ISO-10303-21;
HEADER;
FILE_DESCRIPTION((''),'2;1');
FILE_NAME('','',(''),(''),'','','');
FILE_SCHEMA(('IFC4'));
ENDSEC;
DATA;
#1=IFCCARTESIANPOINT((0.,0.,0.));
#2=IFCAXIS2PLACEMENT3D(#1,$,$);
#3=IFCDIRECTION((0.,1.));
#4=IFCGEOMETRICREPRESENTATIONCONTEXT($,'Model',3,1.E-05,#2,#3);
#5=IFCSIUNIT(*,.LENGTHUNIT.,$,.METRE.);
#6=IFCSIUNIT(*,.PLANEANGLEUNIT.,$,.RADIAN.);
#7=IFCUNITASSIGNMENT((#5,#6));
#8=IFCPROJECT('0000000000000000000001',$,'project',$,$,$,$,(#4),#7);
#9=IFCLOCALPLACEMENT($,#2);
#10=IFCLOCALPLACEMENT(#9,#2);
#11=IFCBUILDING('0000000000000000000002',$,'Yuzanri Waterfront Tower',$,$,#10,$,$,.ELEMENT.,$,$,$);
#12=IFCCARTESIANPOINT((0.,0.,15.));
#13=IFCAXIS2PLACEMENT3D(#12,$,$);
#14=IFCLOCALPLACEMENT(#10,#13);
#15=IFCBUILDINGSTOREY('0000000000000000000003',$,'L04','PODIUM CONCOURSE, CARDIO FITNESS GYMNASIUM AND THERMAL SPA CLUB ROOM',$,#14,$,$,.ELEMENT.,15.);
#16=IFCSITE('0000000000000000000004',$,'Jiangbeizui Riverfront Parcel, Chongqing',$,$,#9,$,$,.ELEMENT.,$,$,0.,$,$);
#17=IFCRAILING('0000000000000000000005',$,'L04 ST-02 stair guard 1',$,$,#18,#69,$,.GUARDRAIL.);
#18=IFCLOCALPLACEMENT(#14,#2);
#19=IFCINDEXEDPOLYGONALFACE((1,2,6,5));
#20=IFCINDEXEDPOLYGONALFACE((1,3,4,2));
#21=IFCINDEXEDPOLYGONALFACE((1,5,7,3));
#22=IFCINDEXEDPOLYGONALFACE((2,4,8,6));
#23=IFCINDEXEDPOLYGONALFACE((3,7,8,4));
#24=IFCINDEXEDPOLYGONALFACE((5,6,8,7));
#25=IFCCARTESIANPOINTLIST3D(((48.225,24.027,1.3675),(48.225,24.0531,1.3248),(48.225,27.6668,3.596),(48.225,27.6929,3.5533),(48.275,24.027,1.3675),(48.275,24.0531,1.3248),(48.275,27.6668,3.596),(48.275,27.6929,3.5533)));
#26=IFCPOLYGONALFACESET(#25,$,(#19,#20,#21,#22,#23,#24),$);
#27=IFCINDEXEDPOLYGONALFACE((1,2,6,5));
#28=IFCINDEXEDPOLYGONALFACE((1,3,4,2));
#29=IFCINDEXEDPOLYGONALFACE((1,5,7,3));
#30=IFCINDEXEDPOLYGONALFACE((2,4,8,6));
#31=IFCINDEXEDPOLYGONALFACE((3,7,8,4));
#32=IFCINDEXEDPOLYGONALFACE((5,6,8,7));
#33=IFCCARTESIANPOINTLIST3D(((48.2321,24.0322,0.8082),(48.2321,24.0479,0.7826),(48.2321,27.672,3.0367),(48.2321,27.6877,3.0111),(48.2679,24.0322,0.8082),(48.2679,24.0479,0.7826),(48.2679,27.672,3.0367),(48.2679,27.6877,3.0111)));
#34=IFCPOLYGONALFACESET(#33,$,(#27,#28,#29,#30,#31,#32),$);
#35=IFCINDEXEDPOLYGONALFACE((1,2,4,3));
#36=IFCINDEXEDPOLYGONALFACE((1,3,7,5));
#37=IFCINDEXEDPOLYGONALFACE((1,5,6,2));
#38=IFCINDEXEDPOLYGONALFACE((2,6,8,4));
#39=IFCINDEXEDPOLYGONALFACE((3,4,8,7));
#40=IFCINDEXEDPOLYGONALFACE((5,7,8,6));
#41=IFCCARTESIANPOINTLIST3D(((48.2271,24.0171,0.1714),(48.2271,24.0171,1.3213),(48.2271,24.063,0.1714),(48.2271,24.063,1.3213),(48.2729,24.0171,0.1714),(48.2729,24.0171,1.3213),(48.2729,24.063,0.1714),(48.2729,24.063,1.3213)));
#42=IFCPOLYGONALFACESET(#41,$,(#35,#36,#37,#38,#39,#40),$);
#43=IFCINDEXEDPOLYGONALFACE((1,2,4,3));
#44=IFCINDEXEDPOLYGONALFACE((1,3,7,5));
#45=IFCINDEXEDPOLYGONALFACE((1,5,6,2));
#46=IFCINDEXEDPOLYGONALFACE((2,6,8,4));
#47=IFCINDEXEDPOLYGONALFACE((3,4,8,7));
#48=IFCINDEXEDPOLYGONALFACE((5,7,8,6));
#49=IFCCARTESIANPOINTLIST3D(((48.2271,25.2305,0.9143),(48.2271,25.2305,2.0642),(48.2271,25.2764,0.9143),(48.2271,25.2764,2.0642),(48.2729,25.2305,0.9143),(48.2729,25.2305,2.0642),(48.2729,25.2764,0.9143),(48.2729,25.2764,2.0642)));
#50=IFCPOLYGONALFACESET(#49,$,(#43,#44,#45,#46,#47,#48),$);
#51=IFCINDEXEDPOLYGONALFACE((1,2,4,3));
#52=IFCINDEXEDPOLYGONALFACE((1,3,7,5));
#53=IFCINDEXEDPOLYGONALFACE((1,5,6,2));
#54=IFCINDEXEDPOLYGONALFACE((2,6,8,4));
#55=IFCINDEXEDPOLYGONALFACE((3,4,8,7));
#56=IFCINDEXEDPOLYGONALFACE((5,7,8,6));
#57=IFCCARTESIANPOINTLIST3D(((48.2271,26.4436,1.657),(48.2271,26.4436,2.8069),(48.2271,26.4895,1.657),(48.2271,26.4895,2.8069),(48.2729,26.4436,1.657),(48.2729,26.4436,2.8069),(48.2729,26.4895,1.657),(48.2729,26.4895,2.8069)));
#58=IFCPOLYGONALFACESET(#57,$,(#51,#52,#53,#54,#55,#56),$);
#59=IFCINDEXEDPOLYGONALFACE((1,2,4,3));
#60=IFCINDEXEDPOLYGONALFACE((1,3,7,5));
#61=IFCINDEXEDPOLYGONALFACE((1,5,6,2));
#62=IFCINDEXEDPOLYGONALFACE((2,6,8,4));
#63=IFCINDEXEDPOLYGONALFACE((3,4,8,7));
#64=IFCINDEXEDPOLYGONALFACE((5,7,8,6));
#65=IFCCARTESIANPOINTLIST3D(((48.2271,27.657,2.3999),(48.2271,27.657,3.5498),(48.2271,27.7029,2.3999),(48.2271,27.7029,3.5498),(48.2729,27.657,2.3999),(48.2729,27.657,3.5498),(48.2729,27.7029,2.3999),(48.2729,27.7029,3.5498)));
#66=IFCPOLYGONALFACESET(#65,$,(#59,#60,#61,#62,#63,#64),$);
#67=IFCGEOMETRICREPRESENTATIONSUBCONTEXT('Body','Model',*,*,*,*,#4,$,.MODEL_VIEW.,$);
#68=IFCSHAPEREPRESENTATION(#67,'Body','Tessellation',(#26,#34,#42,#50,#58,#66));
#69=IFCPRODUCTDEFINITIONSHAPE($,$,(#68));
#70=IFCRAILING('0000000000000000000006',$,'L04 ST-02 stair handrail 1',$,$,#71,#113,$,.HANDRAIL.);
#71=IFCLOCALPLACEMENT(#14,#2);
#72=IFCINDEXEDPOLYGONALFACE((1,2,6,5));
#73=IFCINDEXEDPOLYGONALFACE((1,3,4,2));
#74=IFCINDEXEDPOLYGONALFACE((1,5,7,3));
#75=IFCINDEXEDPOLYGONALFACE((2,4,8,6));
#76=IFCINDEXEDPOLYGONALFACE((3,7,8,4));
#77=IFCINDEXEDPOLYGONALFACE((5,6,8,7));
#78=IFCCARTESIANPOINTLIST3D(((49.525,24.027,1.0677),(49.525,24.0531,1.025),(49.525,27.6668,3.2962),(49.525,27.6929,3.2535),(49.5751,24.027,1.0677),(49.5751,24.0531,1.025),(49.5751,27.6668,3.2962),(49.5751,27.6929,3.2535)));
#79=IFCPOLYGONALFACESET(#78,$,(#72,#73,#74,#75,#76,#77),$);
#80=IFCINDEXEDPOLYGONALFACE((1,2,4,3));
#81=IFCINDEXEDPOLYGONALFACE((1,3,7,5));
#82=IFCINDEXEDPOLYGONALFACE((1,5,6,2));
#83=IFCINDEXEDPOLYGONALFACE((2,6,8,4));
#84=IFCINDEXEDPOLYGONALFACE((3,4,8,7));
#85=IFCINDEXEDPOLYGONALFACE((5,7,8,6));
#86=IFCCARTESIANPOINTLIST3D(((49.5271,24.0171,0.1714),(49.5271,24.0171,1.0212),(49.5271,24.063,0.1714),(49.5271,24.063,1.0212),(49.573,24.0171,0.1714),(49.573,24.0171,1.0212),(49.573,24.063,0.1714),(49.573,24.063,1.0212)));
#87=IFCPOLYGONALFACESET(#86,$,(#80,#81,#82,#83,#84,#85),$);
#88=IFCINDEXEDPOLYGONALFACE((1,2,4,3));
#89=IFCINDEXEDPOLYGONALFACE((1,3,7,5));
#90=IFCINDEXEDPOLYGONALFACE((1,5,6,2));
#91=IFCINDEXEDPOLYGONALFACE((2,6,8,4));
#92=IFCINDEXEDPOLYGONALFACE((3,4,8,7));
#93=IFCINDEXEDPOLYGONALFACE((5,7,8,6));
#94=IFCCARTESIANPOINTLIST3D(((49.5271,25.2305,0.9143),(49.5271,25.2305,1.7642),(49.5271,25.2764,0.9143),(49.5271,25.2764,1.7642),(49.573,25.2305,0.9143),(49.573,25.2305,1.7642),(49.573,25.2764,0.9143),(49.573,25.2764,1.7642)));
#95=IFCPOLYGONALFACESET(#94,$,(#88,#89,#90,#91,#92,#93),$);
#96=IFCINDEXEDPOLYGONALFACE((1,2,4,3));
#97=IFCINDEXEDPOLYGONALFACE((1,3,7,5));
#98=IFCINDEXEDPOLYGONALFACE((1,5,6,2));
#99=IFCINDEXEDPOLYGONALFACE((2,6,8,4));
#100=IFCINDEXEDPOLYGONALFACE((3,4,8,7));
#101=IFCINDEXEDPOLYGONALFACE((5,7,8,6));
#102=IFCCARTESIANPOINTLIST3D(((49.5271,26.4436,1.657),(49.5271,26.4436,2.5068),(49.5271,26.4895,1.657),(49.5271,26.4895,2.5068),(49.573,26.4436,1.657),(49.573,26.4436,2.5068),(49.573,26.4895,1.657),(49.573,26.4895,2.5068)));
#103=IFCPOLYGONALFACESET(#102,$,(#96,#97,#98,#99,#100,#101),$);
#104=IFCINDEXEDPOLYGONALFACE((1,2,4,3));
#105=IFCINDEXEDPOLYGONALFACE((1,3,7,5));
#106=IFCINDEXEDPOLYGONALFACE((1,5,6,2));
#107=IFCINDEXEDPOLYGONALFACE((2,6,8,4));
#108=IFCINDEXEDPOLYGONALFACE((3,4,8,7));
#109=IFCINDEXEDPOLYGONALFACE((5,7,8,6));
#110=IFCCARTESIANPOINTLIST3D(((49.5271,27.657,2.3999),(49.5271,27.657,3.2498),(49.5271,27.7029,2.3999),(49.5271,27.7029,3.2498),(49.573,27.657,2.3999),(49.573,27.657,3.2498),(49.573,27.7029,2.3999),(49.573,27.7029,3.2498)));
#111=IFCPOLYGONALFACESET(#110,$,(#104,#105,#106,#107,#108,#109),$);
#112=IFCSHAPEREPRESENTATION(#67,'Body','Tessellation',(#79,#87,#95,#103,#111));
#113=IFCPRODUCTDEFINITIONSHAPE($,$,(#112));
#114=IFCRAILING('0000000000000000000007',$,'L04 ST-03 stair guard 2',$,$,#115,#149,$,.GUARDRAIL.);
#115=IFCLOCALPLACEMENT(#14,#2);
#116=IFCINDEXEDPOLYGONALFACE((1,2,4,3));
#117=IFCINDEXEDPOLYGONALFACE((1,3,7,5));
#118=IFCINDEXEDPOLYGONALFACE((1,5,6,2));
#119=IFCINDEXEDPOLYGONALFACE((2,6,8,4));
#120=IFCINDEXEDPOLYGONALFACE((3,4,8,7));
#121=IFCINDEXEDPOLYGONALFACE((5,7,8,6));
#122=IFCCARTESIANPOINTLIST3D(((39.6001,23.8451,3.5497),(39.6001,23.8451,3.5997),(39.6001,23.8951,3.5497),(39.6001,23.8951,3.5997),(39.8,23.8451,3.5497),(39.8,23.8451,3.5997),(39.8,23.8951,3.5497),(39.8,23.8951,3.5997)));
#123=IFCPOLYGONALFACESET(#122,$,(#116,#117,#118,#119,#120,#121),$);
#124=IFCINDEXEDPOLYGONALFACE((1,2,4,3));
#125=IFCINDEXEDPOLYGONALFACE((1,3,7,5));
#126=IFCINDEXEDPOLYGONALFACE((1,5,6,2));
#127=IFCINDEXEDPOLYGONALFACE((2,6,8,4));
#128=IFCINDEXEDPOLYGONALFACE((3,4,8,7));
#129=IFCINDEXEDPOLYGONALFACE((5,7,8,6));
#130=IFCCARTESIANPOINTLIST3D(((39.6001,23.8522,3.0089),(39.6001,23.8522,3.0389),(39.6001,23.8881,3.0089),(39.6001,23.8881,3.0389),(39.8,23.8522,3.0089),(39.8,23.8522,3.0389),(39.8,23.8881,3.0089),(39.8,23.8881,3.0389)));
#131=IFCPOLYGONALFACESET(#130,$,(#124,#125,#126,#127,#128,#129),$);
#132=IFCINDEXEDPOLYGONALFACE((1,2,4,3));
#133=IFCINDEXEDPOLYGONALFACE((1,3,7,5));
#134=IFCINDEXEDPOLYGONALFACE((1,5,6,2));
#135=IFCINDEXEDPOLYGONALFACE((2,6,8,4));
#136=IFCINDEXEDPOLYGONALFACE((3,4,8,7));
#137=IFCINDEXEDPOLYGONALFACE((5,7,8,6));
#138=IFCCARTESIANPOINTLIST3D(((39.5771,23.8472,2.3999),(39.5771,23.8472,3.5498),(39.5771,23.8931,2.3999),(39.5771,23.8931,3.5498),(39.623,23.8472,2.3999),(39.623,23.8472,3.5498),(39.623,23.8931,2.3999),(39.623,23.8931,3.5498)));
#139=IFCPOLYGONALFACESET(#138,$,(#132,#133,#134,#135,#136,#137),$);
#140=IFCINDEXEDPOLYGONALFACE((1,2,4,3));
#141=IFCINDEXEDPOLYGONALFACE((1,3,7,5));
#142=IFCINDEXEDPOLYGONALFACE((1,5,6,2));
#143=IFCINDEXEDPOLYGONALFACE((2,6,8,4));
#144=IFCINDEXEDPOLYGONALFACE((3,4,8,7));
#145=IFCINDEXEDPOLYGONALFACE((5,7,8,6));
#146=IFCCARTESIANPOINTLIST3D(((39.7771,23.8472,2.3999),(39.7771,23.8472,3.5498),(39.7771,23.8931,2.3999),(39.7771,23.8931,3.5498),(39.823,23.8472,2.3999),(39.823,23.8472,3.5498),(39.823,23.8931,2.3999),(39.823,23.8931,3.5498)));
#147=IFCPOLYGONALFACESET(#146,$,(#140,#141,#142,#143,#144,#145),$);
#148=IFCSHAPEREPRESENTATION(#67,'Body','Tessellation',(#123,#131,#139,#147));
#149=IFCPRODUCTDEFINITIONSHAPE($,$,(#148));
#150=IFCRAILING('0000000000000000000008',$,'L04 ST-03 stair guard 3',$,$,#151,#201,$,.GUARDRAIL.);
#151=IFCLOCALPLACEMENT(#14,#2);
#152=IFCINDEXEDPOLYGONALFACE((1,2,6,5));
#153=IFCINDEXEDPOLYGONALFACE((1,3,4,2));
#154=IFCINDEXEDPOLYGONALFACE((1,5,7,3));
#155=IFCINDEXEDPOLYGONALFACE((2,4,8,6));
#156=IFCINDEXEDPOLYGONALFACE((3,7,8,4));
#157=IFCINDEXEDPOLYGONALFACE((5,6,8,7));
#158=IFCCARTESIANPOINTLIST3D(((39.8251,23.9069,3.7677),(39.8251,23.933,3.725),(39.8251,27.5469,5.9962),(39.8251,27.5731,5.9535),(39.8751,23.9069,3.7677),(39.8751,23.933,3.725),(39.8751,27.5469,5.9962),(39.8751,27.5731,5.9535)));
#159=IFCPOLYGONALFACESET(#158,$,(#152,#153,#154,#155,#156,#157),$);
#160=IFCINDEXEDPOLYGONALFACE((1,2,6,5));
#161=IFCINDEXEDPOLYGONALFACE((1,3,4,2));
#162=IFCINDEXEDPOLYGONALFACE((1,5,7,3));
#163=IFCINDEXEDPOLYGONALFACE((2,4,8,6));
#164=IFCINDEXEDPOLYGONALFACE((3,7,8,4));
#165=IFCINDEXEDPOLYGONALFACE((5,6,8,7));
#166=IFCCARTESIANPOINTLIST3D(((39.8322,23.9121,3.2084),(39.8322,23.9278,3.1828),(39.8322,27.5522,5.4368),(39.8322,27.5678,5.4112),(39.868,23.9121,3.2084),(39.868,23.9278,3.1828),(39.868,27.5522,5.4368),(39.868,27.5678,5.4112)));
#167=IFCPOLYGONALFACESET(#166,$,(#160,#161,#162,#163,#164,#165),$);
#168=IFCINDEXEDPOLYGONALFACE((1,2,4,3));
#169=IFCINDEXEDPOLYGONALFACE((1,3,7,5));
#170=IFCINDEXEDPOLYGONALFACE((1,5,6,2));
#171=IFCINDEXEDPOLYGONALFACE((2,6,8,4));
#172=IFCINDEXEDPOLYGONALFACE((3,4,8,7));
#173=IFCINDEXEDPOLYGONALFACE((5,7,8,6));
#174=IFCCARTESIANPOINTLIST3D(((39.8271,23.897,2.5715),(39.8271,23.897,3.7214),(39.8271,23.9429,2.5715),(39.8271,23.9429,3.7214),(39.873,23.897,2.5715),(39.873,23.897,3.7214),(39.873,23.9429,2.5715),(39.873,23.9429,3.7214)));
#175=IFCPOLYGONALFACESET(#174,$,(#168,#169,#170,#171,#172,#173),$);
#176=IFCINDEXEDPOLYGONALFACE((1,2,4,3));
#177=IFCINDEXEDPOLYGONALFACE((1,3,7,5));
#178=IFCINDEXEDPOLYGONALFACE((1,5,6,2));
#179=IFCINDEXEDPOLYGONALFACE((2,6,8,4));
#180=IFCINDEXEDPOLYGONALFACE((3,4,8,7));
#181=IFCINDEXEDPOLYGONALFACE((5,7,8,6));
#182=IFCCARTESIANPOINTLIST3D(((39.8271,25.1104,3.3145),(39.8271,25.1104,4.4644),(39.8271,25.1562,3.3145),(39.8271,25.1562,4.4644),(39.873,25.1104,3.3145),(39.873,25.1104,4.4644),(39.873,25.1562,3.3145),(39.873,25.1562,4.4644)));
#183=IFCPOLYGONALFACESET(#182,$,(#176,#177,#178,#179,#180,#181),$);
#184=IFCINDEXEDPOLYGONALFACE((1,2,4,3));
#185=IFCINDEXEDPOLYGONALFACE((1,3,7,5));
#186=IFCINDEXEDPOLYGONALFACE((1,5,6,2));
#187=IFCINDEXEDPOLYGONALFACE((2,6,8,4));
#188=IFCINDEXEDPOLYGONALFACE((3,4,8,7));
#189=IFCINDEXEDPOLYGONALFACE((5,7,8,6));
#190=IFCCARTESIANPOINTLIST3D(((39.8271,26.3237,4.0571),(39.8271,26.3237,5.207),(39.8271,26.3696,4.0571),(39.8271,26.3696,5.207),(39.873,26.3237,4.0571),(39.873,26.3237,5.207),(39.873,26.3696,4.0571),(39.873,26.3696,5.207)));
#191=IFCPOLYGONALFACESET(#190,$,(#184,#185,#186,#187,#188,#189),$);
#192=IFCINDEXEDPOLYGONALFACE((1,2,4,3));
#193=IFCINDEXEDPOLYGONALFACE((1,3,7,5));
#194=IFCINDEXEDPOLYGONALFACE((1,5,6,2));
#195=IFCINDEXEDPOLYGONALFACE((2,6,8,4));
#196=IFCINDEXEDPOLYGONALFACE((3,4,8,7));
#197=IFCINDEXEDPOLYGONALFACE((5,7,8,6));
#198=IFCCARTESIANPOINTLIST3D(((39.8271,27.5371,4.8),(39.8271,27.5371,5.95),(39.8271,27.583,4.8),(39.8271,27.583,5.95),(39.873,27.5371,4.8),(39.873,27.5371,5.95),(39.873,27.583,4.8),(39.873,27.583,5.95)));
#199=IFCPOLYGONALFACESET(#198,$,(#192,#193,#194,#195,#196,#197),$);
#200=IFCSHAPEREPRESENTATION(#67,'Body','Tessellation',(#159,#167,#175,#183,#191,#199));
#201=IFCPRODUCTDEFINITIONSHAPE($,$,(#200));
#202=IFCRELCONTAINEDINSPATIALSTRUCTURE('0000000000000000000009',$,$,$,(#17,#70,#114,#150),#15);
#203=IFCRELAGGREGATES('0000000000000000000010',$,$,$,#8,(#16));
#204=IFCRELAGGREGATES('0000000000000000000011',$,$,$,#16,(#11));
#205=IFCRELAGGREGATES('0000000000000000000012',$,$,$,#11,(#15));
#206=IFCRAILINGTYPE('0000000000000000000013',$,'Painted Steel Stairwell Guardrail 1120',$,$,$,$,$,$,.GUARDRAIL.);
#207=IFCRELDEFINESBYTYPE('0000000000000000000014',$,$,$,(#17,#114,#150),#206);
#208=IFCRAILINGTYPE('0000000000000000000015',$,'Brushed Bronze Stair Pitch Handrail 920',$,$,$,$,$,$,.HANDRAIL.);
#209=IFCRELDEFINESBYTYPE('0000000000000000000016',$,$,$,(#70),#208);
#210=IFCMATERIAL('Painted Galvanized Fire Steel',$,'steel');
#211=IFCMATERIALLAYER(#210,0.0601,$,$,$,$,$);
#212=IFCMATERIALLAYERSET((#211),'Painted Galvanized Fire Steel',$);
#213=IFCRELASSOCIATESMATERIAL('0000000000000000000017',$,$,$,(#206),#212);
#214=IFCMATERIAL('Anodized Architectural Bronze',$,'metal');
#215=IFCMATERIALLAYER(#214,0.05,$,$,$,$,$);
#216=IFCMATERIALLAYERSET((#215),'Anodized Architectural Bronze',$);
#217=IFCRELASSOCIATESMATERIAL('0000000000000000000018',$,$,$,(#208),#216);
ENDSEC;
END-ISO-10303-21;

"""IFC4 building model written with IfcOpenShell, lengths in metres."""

from ifc_helpers import new_model, si_unit, direction, frame, origin, origin_2d, place, context, subcontext, project, spatial, rectangle, extrude, source, transform, mapped, material, layer, layer_set, type_object, element, save


model = new_model("IFC4")

# Units and contexts
model_context = context("Model", 3, precision=1e-05, world=origin(), true_north=direction((0.0, 1.0)))
body_context = subcontext(model_context, "Body", "Model", "MODEL_VIEW")
ifc_project = project(units=[si_unit("LENGTHUNIT", "METRE"), si_unit("PLANEANGLEUNIT", "RADIAN")], contexts=[model_context])

# Site, building, storey
site_placement = place(None, origin())
site = spatial("IfcSite", under=ifc_project, at=site_placement, Name="Jiangbeizui Riverfront Parcel, Chongqing", CompositionType="ELEMENT", RefElevation=0.0)
building_placement = place(site_placement, origin())
building = spatial("IfcBuilding", under=site, at=building_placement, Name="Yuzanri Waterfront Tower", CompositionType="ELEMENT")
storey_placement = place(building_placement, frame((0.0, 0.0, 15.0)))
storey = spatial("IfcBuildingStorey", under=building, at=storey_placement, Name="L04", Description="PODIUM CONCOURSE, CARDIO FITNESS GYMNASIUM AND THERMAL SPA CLUB ROOM", CompositionType="ELEMENT", Elevation=15.0)

# Railings
ifc_material_1 = material(Name="Painted Galvanized Fire Steel", Category="steel")
ifc_layer_1 = layer(ifc_material_1, 0.0601)
ifc_layer_set_1 = layer_set([ifc_layer_1], Name="Painted Galvanized Fire Steel")
railing_type_1 = type_object("IfcRailingType", Name="Painted Steel Stairwell Guardrail 1120", PredefinedType="GUARDRAIL", material=ifc_layer_set_1)
shared_shape_1 = source(origin(), body_context, "Body", "SweptSolid", [
    extrude(rectangle(XDim=0.05, YDim=0.05, at=origin_2d()), frame((0.0, 0.0, 1.1748), z_axis=(0.0, 0.85285, 0.522156), x_axis=(-1.0, 0.0, 0.0)), (0.0, 0.0, 1.0), 4.2678),
    extrude(rectangle(XDim=0.0359, YDim=0.03, at=origin_2d()), frame((0.0, 0.0, 0.624), z_axis=(0.0, 0.85285, 0.522156), x_axis=(-1.0, 0.0, 0.0)), (0.0, 0.0, 1.0), 4.2678),
    extrude(rectangle(XDim=0.0459, YDim=0.0459, at=origin_2d()), origin(), (0.0, 0.0, 1.0), 1.1499),
    extrude(rectangle(XDim=0.0459, YDim=0.0459, at=origin_2d()), frame((0.0, 1.2134, 0.7429)), (0.0, 0.0, 1.0), 1.1499),
    extrude(rectangle(XDim=0.0459, YDim=0.0459, at=origin_2d()), frame((0.0, 2.4265, 1.4856)), (0.0, 0.0, 1.0), 1.1499),
    extrude(rectangle(XDim=0.0459, YDim=0.0459, at=origin_2d()), frame((0.0, 3.6399, 2.2285)), (0.0, 0.0, 1.0), 1.1499),
])
railing_1_placement = place(storey_placement, frame((48.25, 24.04, 0.1714)))
element("IfcRailing", 1, at=railing_1_placement, inside=storey, type_object=railing_type_1, Name="L04 ST-02 stair guard 1", PredefinedType="GUARDRAIL", context=body_context, shape_type="MappedRepresentation", body=[
    mapped(shared_shape_1, transform((0.0, 0.0, 0.0), scale=1.0)),
])
ifc_material_2 = material(Name="Anodized Architectural Bronze", Category="metal")
ifc_layer_2 = layer(ifc_material_2, 0.05)
ifc_layer_set_2 = layer_set([ifc_layer_2], Name="Anodized Architectural Bronze")
railing_type_2 = type_object("IfcRailingType", Name="Brushed Bronze Stair Pitch Handrail 920", PredefinedType="HANDRAIL", material=ifc_layer_set_2)
shared_shape_2 = source(origin(), body_context, "Body", "SweptSolid", [
    extrude(rectangle(XDim=0.05, YDim=0.05, at=origin_2d()), frame((0.0, 0.0, 0.875), z_axis=(0.0, 0.85285, 0.522156), x_axis=(-1.0, 0.0, 0.0)), (0.0, 0.0, 1.0), 4.2678),
    extrude(rectangle(XDim=0.0459, YDim=0.0459, at=origin_2d()), origin(), (0.0, 0.0, 1.0), 0.8499),
    extrude(rectangle(XDim=0.0459, YDim=0.0459, at=origin_2d()), frame((0.0, 1.2134, 0.7429)), (0.0, 0.0, 1.0), 0.8499),
    extrude(rectangle(XDim=0.0459, YDim=0.0459, at=origin_2d()), frame((0.0, 2.4265, 1.4856)), (0.0, 0.0, 1.0), 0.8499),
    extrude(rectangle(XDim=0.0459, YDim=0.0459, at=origin_2d()), frame((0.0, 3.6399, 2.2285)), (0.0, 0.0, 1.0), 0.8499),
])
railing_2_placement = place(storey_placement, frame((49.55, 24.04, 0.1714)))
element("IfcRailing", 2, at=railing_2_placement, inside=storey, type_object=railing_type_2, Name="L04 ST-02 stair handrail 1", PredefinedType="HANDRAIL", context=body_context, shape_type="MappedRepresentation", body=[
    mapped(shared_shape_2, transform((0.0, 0.0, 0.0), scale=1.0)),
])
shared_shape_3 = source(origin(), body_context, "Body", "SweptSolid", [
    extrude(rectangle(XDim=0.05, YDim=0.05, at=origin_2d()), frame((0.0, 0.0, 1.1748), z_axis=(1.0, 0.0, 0.0), x_axis=(0.0, 1.0, 0.0)), (0.0, 0.0, 1.0), 0.2),
    extrude(rectangle(XDim=0.0359, YDim=0.03, at=origin_2d()), frame((0.0, 0.0, 0.624), z_axis=(1.0, 0.0, 0.0), x_axis=(0.0, 1.0, 0.0)), (0.0, 0.0, 1.0), 0.2),
    extrude(rectangle(XDim=0.0459, YDim=0.0459, at=origin_2d()), origin(), (0.0, 0.0, 1.0), 1.1499),
    extrude(rectangle(XDim=0.0459, YDim=0.0459, at=origin_2d()), frame((0.2, 0.0, 0.0)), (0.0, 0.0, 1.0), 1.1499),
])
railing_3_placement = place(storey_placement, frame((39.6001, 23.8701, 2.3999)))
element("IfcRailing", 3, at=railing_3_placement, inside=storey, type_object=railing_type_1, Name="L04 ST-03 stair guard 2", PredefinedType="GUARDRAIL", context=body_context, shape_type="MappedRepresentation", body=[
    mapped(shared_shape_3, transform((0.0, 0.0, 0.0), scale=1.0)),
])
shared_shape_4 = source(origin(), body_context, "Body", "SweptSolid", [
    extrude(rectangle(XDim=0.05, YDim=0.05, at=origin_2d()), frame((0.0, 0.0, 1.1748), z_axis=(0.0, 0.852866, 0.52213), x_axis=(-1.0, 0.0, 0.0)), (0.0, 0.0, 1.0), 4.2681),
    extrude(rectangle(XDim=0.0359, YDim=0.03, at=origin_2d()), frame((0.0, 0.0, 0.624), z_axis=(0.0, 0.852866, 0.52213), x_axis=(-1.0, 0.0, 0.0)), (0.0, 0.0, 1.0), 4.2681),
    extrude(rectangle(XDim=0.0459, YDim=0.0459, at=origin_2d()), origin(), (0.0, 0.0, 1.0), 1.1499),
    extrude(rectangle(XDim=0.0459, YDim=0.0459, at=origin_2d()), frame((0.0, 1.2134, 0.7429)), (0.0, 0.0, 1.0), 1.1499),
    extrude(rectangle(XDim=0.0459, YDim=0.0459, at=origin_2d()), frame((0.0, 2.4268, 1.4856)), (0.0, 0.0, 1.0), 1.1499),
    extrude(rectangle(XDim=0.0459, YDim=0.0459, at=origin_2d()), frame((0.0, 3.6401, 2.2285)), (0.0, 0.0, 1.0), 1.1499),
])
railing_4_placement = place(storey_placement, frame((39.8501, 23.9199, 2.5715)))
element("IfcRailing", 4, at=railing_4_placement, inside=storey, type_object=railing_type_1, Name="L04 ST-03 stair guard 3", PredefinedType="GUARDRAIL", context=body_context, shape_type="MappedRepresentation", body=[
    mapped(shared_shape_4, transform((0.0, 0.0, 0.0), scale=1.0)),
])

save(model, "model.ifc")
